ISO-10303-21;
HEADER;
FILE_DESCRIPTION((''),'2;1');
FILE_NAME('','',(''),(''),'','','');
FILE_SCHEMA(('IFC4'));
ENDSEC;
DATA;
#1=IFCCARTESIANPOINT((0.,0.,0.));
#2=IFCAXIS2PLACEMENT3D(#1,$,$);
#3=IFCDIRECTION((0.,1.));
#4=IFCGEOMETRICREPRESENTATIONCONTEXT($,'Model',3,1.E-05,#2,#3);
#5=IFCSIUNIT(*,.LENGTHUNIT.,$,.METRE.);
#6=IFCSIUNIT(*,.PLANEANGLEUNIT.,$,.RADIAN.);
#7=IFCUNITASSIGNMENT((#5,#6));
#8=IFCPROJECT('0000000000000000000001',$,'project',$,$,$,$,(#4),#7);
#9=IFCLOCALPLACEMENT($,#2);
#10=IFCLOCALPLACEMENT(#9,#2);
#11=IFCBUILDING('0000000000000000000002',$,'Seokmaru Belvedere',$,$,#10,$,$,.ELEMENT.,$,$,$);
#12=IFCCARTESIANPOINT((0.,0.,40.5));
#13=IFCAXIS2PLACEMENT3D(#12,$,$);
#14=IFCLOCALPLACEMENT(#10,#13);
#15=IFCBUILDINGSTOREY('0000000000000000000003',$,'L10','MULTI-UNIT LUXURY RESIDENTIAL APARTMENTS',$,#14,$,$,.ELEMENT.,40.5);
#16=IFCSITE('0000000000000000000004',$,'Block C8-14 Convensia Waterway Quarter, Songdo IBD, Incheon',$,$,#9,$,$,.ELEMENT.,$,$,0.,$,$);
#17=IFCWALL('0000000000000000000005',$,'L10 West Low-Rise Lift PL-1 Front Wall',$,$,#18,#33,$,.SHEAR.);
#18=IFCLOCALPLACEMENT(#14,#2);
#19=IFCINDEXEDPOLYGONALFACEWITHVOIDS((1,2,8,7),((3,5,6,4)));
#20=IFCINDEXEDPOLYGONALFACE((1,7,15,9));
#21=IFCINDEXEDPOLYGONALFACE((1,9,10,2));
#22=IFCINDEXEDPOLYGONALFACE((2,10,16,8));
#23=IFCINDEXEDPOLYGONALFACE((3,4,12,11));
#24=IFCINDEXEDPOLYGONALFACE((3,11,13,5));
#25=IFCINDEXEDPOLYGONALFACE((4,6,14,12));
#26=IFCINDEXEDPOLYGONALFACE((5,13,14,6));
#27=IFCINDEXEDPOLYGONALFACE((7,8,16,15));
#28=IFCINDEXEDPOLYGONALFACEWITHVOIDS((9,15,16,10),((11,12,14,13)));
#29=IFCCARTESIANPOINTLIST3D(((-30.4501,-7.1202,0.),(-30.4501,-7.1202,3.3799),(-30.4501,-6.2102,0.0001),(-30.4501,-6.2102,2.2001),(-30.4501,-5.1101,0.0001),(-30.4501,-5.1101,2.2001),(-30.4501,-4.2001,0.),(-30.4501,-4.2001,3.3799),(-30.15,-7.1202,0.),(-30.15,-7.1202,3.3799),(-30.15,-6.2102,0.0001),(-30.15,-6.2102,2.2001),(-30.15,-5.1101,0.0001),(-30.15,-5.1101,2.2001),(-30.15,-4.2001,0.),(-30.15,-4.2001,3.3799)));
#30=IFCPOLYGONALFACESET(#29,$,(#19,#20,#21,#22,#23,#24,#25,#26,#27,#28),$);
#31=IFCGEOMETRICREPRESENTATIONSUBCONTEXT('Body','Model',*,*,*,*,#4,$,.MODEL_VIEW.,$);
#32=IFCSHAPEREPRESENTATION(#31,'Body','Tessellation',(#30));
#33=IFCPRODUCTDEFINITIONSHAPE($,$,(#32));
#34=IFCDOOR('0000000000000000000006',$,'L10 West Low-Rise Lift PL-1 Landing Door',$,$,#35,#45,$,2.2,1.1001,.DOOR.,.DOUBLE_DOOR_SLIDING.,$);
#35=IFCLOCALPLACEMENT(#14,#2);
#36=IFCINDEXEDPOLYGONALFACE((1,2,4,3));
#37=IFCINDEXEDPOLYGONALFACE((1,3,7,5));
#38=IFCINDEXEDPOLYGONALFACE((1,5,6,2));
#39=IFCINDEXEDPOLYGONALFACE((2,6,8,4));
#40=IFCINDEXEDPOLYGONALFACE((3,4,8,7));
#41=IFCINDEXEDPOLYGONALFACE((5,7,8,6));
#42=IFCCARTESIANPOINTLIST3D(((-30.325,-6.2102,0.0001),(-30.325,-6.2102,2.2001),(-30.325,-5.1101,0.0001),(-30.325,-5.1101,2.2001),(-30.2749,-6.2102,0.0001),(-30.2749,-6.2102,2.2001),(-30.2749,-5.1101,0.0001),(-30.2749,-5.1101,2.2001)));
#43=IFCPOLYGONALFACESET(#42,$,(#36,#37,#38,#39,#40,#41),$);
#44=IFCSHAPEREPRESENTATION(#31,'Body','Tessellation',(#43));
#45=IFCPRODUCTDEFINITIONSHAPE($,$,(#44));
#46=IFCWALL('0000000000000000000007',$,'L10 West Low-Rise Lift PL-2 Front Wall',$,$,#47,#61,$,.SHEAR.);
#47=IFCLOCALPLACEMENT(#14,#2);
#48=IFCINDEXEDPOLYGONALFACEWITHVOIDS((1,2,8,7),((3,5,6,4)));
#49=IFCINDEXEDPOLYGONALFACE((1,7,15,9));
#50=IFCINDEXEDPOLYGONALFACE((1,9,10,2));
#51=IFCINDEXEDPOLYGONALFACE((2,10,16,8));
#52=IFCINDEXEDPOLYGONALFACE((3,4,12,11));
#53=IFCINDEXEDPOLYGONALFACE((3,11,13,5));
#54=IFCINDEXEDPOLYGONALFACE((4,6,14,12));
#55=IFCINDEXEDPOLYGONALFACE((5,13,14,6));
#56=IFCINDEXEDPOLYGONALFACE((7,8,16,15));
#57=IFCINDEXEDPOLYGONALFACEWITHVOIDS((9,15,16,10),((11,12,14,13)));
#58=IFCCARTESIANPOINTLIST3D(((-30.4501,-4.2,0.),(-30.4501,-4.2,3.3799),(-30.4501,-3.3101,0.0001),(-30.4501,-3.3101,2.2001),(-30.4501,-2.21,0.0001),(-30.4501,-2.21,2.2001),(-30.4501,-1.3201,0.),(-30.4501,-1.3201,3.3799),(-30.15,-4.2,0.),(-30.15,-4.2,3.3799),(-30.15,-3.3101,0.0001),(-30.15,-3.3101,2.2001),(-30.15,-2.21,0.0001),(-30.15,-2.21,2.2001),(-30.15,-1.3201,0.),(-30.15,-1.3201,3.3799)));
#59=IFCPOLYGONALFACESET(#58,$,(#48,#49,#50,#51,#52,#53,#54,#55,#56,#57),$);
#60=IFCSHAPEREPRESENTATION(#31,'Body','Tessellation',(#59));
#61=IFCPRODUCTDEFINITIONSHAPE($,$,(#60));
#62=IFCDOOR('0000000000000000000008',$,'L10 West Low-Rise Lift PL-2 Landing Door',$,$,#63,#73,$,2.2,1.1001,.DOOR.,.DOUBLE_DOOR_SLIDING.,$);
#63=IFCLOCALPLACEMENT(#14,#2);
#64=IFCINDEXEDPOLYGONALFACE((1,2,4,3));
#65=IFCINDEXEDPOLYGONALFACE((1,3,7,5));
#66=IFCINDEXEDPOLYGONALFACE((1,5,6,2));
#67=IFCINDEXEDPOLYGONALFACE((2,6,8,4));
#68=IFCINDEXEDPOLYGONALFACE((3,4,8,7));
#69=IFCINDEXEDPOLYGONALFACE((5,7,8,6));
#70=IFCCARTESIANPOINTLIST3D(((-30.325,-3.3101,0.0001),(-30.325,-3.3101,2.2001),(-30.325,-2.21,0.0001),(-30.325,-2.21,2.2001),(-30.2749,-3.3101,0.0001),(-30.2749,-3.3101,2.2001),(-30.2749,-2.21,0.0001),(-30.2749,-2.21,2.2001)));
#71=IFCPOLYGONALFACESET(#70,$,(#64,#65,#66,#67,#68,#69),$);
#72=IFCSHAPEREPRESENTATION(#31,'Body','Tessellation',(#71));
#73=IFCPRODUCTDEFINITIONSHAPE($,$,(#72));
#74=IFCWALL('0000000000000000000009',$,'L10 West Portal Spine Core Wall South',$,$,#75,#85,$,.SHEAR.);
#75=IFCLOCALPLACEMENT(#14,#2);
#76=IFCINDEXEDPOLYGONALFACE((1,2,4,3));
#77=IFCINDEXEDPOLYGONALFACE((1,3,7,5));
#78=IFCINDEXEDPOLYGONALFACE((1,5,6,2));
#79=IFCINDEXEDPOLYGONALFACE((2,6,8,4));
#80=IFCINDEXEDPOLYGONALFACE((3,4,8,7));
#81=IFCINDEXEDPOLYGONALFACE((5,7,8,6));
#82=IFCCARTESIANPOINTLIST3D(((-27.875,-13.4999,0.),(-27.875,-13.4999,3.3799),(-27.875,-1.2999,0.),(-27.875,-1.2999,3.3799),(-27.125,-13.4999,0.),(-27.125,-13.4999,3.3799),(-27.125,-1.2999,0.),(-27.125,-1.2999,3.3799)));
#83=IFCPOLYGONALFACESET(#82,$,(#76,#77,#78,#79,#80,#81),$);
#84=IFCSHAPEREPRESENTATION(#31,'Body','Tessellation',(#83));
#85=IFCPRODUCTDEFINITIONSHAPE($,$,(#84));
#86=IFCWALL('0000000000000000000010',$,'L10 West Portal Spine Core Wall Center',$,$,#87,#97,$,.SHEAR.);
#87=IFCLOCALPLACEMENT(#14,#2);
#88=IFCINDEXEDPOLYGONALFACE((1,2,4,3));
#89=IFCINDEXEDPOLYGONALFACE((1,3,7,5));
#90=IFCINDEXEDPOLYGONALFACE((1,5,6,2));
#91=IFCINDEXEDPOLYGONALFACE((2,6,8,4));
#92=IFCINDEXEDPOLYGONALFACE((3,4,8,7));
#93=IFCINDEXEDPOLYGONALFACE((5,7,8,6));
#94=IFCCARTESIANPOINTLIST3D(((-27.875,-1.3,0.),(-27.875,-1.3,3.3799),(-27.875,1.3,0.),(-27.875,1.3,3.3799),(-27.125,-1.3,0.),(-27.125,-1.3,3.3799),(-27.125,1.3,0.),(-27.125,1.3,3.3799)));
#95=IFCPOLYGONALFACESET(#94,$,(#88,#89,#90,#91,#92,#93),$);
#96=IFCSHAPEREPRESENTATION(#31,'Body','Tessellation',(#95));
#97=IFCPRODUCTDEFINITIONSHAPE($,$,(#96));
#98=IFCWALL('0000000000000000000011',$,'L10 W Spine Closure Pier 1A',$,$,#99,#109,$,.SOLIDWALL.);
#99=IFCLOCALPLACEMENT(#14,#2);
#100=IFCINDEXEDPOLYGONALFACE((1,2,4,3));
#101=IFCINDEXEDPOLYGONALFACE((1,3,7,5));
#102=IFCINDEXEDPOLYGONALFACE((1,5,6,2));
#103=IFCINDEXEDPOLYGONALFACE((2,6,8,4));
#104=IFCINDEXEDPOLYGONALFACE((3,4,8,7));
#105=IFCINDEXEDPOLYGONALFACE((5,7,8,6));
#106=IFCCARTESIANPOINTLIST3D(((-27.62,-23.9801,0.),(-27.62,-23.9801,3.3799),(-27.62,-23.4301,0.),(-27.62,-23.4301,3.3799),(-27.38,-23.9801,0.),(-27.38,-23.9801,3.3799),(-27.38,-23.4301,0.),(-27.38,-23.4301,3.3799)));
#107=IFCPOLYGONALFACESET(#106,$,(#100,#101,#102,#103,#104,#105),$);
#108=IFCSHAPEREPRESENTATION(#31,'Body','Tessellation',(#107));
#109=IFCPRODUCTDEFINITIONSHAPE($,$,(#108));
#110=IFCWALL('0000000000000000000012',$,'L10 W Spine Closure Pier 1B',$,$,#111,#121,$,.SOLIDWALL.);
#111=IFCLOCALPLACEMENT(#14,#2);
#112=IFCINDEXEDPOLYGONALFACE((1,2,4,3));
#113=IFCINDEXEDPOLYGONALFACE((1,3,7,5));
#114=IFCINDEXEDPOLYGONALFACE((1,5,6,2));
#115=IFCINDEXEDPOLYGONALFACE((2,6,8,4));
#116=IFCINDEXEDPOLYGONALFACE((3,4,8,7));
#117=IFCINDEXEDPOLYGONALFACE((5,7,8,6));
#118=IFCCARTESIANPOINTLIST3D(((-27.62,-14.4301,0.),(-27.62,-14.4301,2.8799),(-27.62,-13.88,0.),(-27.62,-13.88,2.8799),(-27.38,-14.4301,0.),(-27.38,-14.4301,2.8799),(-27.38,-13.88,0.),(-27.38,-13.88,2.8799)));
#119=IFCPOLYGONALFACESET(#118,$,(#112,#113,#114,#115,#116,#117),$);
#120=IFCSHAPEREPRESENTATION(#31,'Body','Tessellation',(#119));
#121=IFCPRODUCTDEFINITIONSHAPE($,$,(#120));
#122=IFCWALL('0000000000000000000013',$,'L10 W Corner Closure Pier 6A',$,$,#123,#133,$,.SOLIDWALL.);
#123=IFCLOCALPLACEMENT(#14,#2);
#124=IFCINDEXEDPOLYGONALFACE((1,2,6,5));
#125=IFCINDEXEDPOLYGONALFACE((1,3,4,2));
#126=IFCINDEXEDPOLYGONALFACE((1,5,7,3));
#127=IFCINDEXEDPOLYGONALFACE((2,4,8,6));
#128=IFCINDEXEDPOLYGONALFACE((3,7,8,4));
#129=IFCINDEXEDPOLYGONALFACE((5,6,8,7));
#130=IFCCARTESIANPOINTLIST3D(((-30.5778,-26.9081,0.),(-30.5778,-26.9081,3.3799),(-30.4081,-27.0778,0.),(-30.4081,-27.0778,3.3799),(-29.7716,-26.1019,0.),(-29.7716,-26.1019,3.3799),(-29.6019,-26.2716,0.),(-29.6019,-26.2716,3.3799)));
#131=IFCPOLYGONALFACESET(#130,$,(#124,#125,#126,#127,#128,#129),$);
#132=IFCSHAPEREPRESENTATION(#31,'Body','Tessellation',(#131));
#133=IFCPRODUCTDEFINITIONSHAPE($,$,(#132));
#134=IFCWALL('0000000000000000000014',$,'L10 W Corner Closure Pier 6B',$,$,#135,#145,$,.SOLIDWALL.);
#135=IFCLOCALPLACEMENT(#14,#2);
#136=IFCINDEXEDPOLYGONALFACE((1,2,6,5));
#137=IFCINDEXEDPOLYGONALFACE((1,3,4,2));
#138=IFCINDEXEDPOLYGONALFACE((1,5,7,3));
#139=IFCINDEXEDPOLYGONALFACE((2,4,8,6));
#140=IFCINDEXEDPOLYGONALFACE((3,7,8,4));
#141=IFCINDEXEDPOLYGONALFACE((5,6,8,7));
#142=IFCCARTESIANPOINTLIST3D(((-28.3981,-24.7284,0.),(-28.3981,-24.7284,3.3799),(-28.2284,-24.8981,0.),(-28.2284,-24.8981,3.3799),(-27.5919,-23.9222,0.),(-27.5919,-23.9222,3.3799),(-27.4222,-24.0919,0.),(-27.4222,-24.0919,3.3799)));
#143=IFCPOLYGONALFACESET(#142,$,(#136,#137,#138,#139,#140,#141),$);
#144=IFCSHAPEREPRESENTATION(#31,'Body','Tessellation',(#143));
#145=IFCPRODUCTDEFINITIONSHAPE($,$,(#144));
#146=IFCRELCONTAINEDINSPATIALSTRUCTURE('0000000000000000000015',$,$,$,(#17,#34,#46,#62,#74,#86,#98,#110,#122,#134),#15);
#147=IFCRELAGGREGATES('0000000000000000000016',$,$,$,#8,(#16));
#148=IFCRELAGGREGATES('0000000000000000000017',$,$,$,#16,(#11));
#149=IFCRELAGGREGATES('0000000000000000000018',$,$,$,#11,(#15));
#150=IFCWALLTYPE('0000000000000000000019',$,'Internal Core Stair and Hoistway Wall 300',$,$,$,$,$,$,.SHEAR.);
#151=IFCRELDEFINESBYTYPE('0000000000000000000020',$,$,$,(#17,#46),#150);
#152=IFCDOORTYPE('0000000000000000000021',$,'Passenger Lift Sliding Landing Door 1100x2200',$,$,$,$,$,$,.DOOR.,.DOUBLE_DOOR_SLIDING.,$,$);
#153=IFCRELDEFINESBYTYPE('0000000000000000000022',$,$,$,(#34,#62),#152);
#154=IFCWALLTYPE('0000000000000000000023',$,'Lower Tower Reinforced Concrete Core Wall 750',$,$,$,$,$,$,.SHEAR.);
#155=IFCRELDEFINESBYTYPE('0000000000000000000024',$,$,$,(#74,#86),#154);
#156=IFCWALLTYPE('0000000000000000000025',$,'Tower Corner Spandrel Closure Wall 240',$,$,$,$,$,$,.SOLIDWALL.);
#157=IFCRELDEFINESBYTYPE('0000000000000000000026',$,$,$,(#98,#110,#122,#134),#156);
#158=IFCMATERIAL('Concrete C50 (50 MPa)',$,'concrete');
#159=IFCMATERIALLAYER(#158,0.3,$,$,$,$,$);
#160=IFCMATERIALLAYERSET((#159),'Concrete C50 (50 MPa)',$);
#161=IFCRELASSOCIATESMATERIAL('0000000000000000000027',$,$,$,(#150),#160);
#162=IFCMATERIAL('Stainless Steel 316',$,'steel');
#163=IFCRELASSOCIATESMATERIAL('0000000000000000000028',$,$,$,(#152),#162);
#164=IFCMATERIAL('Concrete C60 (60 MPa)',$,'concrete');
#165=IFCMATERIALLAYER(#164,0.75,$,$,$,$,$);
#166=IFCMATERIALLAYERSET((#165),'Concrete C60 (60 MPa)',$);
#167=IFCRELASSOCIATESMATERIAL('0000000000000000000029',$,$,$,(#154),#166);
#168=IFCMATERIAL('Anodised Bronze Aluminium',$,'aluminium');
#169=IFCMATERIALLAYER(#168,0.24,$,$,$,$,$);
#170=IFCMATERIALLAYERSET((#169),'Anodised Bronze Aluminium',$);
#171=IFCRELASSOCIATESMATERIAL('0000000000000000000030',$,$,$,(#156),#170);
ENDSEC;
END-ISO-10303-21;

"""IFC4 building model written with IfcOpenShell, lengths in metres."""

from ifc_helpers import new_model, si_unit, direction, frame, frame_2d, origin, place, context, subcontext, project, spatial, rectangle, extrude, source, transform, mapped, material, layer, layer_set, type_object, type_shapes, element, fill, save


model = new_model("IFC4")

# Units and contexts
model_context = context("Model", 3, precision=1e-05, world=origin(), true_north=direction((0.0, 1.0)))
body_context = subcontext(model_context, "Body", "Model", "MODEL_VIEW")
ifc_project = project(units=[si_unit("LENGTHUNIT", "METRE"), si_unit("PLANEANGLEUNIT", "RADIAN")], contexts=[model_context])

# Site, building, storey
site_placement = place(None, origin())
site = spatial("IfcSite", under=ifc_project, at=site_placement, Name="Block C8-14 Convensia Waterway Quarter, Songdo IBD, Incheon", CompositionType="ELEMENT", RefElevation=0.0)
building_placement = place(site_placement, origin())
building = spatial("IfcBuilding", under=site, at=building_placement, Name="Seokmaru Belvedere", CompositionType="ELEMENT")
storey_placement = place(building_placement, frame((0.0, 0.0, 40.5)))
storey = spatial("IfcBuildingStorey", under=building, at=storey_placement, Name="L10", Description="MULTI-UNIT LUXURY RESIDENTIAL APARTMENTS", CompositionType="ELEMENT", Elevation=40.5)

# Shared definitions
ifc_material_1 = material(Name="Anodised Bronze Aluminium", Category="aluminium")

# Shared definitions
ifc_material_2 = material(Name="Concrete C50 (50 MPa)", Category="concrete")

# Walls, openings, doors
ifc_layer_1 = layer(ifc_material_2, 0.3)
ifc_layer_set_1 = layer_set([ifc_layer_1], Name="Concrete C50 (50 MPa)")
wall_type_1 = type_object("IfcWallType", Name="Internal Core Stair and Hoistway Wall 300", PredefinedType="SHEAR", material=ifc_layer_set_1)
ifc_material_3 = material(Name="Stainless Steel 316", Category="steel")
wall_1_placement = place(storey_placement, frame((-30.3, -7.1201, 0.0), z_axis=(0.0, 0.0, 1.0), x_axis=(0.0, 1.0, 0.0)))
wall_1 = element("IfcWall", 1, at=wall_1_placement, inside=storey, type_object=wall_type_1, Name="L10 West Low-Rise Lift PL-1 Front Wall", PredefinedType="SHEAR", context=body_context, shape_type="SweptSolid", body=[
    extrude(rectangle(XDim=2.9202, YDim=0.3, at=frame_2d((1.46, 0.0))), origin(), (0.0, 0.0, 1.0), 3.3799),
])
opening_1_placement = place(wall_1_placement, frame((0.9099, 0.0, 0.0)))
opening_1 = element("IfcOpeningElement", 2, at=opening_1_placement, cuts=wall_1, PredefinedType="OPENING", context=body_context, shape_type="SweptSolid", body=[
    extrude(rectangle(XDim=1.1001, YDim=2.2, at=frame_2d((0.55, 1.1001))), frame((0.0, 0.1602, 0.0), z_axis=(0.0, -1.0, 0.0), x_axis=(1.0, 0.0, 0.0)), (0.0, 0.0, 1.0), 0.3201),
])
door_type_1 = type_object("IfcDoorType", Name="Passenger Lift Sliding Landing Door 1100x2200", OperationType="DOUBLE_DOOR_SLIDING", PredefinedType="DOOR", material=ifc_material_3)
shared_shape_1 = source(origin(), body_context, "Body", "SweptSolid", [
    extrude(rectangle(XDim=1.1001, YDim=2.2, at=frame_2d((0.55, 1.1001))), frame((0.0, 0.0249, 0.0), z_axis=(0.0, -1.0, 0.0), x_axis=(1.0, 0.0, 0.0)), (0.0, 0.0, 1.0), 0.05),
])
type_shapes(door_type_1, [shared_shape_1])
door_1_placement = place(opening_1_placement, origin())
door_1 = element("IfcDoor", 3, at=door_1_placement, inside=storey, type_object=door_type_1, Name="L10 West Low-Rise Lift PL-1 Landing Door", OperationType="DOUBLE_DOOR_SLIDING", OverallHeight=2.2, OverallWidth=1.1001, PredefinedType="DOOR", context=body_context, shape_type="MappedRepresentation", body=[
    mapped(shared_shape_1, transform((0.0, 0.0, 0.0), scale=1.0)),
])
fill(opening_1, door_1)
wall_2_placement = place(storey_placement, frame((-30.3, -4.2, 0.0), z_axis=(0.0, 0.0, 1.0), x_axis=(0.0, 1.0, 0.0)))
wall_2 = element("IfcWall", 4, at=wall_2_placement, inside=storey, type_object=wall_type_1, Name="L10 West Low-Rise Lift PL-2 Front Wall", PredefinedType="SHEAR", context=body_context, shape_type="SweptSolid", body=[
    extrude(rectangle(XDim=2.8799, YDim=0.3, at=frame_2d((1.4399, 0.0))), origin(), (0.0, 0.0, 1.0), 3.3799),
])
opening_2_placement = place(wall_2_placement, frame((0.8899, 0.0, 0.0)))
opening_2 = element("IfcOpeningElement", 5, at=opening_2_placement, cuts=wall_2, PredefinedType="OPENING", context=body_context, shape_type="SweptSolid", body=[
    extrude(rectangle(XDim=1.1001, YDim=2.2, at=frame_2d((0.55, 1.1001))), frame((0.0, 0.1602, 0.0), z_axis=(0.0, -1.0, 0.0), x_axis=(1.0, 0.0, 0.0)), (0.0, 0.0, 1.0), 0.3201),
])
door_2_placement = place(opening_2_placement, origin())
door_2 = element("IfcDoor", 6, at=door_2_placement, inside=storey, type_object=door_type_1, Name="L10 West Low-Rise Lift PL-2 Landing Door", OperationType="DOUBLE_DOOR_SLIDING", OverallHeight=2.2, OverallWidth=1.1001, PredefinedType="DOOR", context=body_context, shape_type="MappedRepresentation", body=[
    mapped(shared_shape_1, transform((0.0, 0.0, 0.0), scale=1.0)),
])
fill(opening_2, door_2)

# Walls
ifc_material_4 = material(Name="Concrete C60 (60 MPa)", Category="concrete")
ifc_layer_2 = layer(ifc_material_4, 0.75)
ifc_layer_set_2 = layer_set([ifc_layer_2], Name="Concrete C60 (60 MPa)")
wall_type_2 = type_object("IfcWallType", Name="Lower Tower Reinforced Concrete Core Wall 750", PredefinedType="SHEAR", material=ifc_layer_set_2)
wall_3_placement = place(storey_placement, frame((-27.5, -13.5, 0.0), z_axis=(0.0, 0.0, 1.0), x_axis=(0.0, 1.0, 0.0)))
element("IfcWall", 7, at=wall_3_placement, inside=storey, type_object=wall_type_2, Name="L10 West Portal Spine Core Wall South", PredefinedType="SHEAR", context=body_context, shape_type="SweptSolid", body=[
    extrude(rectangle(XDim=12.2, YDim=0.75, at=frame_2d((6.1001, 0.0))), origin(), (0.0, 0.0, 1.0), 3.3799),
])
wall_4_placement = place(storey_placement, frame((-27.5, -1.3, 0.0), z_axis=(0.0, 0.0, 1.0), x_axis=(0.0, 1.0, 0.0)))
element("IfcWall", 8, at=wall_4_placement, inside=storey, type_object=wall_type_2, Name="L10 West Portal Spine Core Wall Center", PredefinedType="SHEAR", context=body_context, shape_type="SweptSolid", body=[
    extrude(rectangle(XDim=2.6001, YDim=0.75, at=frame_2d((1.3, 0.0))), origin(), (0.0, 0.0, 1.0), 3.3799),
])
ifc_layer_3 = layer(ifc_material_1, 0.24)
ifc_layer_set_3 = layer_set([ifc_layer_3], Name="Anodised Bronze Aluminium")
wall_type_3 = type_object("IfcWallType", Name="Tower Corner Spandrel Closure Wall 240", PredefinedType="SOLIDWALL", material=ifc_layer_set_3)
wall_5_placement = place(storey_placement, frame((-27.5, -23.98, 0.0), z_axis=(0.0, 0.0, 1.0), x_axis=(0.0, 1.0, 0.0)))
element("IfcWall", 9, at=wall_5_placement, inside=storey, type_object=wall_type_3, Name="L10 W Spine Closure Pier 1A", PredefinedType="SOLIDWALL", context=body_context, shape_type="SweptSolid", body=[
    extrude(rectangle(XDim=0.55, YDim=0.24, at=frame_2d((0.2749, 0.0))), origin(), (0.0, 0.0, 1.0), 3.3799),
])
wall_6_placement = place(storey_placement, frame((-27.5, -14.4299, 0.0), z_axis=(0.0, 0.0, 1.0), x_axis=(0.0, 1.0, 0.0)))
element("IfcWall", 10, at=wall_6_placement, inside=storey, type_object=wall_type_3, Name="L10 W Spine Closure Pier 1B", PredefinedType="SOLIDWALL", context=body_context, shape_type="SweptSolid", body=[
    extrude(rectangle(XDim=0.55, YDim=0.24, at=frame_2d((0.2749, 0.0))), origin(), (0.0, 0.0, 1.0), 2.8799),
])
for number, where, z_axis, x_axis, name in (
    (11, (-30.4929, -26.9929, 0.0), (0.0, 0.0, 1.0), (0.707107, 0.707107, 0.0), "L10 W Corner Closure Pier 6A"),
    (12, (-28.3132, -24.8132, 0.0), (0.0, 0.0, 1.0), (0.707107, 0.707107, 0.0), "L10 W Corner Closure Pier 6B"),
):
    element("IfcWall", number, at=place(storey_placement, frame(where, z_axis=z_axis, x_axis=x_axis)), inside=storey, type_object=wall_type_3, Name=name, PredefinedType="SOLIDWALL", context=body_context, shape_type="SweptSolid", body=[
        extrude(rectangle(XDim=1.1401, YDim=0.24, at=frame_2d((0.5701, 0.0))), origin(), (0.0, 0.0, 1.0), 3.3799),
    ])

save(model, "model.ifc")
